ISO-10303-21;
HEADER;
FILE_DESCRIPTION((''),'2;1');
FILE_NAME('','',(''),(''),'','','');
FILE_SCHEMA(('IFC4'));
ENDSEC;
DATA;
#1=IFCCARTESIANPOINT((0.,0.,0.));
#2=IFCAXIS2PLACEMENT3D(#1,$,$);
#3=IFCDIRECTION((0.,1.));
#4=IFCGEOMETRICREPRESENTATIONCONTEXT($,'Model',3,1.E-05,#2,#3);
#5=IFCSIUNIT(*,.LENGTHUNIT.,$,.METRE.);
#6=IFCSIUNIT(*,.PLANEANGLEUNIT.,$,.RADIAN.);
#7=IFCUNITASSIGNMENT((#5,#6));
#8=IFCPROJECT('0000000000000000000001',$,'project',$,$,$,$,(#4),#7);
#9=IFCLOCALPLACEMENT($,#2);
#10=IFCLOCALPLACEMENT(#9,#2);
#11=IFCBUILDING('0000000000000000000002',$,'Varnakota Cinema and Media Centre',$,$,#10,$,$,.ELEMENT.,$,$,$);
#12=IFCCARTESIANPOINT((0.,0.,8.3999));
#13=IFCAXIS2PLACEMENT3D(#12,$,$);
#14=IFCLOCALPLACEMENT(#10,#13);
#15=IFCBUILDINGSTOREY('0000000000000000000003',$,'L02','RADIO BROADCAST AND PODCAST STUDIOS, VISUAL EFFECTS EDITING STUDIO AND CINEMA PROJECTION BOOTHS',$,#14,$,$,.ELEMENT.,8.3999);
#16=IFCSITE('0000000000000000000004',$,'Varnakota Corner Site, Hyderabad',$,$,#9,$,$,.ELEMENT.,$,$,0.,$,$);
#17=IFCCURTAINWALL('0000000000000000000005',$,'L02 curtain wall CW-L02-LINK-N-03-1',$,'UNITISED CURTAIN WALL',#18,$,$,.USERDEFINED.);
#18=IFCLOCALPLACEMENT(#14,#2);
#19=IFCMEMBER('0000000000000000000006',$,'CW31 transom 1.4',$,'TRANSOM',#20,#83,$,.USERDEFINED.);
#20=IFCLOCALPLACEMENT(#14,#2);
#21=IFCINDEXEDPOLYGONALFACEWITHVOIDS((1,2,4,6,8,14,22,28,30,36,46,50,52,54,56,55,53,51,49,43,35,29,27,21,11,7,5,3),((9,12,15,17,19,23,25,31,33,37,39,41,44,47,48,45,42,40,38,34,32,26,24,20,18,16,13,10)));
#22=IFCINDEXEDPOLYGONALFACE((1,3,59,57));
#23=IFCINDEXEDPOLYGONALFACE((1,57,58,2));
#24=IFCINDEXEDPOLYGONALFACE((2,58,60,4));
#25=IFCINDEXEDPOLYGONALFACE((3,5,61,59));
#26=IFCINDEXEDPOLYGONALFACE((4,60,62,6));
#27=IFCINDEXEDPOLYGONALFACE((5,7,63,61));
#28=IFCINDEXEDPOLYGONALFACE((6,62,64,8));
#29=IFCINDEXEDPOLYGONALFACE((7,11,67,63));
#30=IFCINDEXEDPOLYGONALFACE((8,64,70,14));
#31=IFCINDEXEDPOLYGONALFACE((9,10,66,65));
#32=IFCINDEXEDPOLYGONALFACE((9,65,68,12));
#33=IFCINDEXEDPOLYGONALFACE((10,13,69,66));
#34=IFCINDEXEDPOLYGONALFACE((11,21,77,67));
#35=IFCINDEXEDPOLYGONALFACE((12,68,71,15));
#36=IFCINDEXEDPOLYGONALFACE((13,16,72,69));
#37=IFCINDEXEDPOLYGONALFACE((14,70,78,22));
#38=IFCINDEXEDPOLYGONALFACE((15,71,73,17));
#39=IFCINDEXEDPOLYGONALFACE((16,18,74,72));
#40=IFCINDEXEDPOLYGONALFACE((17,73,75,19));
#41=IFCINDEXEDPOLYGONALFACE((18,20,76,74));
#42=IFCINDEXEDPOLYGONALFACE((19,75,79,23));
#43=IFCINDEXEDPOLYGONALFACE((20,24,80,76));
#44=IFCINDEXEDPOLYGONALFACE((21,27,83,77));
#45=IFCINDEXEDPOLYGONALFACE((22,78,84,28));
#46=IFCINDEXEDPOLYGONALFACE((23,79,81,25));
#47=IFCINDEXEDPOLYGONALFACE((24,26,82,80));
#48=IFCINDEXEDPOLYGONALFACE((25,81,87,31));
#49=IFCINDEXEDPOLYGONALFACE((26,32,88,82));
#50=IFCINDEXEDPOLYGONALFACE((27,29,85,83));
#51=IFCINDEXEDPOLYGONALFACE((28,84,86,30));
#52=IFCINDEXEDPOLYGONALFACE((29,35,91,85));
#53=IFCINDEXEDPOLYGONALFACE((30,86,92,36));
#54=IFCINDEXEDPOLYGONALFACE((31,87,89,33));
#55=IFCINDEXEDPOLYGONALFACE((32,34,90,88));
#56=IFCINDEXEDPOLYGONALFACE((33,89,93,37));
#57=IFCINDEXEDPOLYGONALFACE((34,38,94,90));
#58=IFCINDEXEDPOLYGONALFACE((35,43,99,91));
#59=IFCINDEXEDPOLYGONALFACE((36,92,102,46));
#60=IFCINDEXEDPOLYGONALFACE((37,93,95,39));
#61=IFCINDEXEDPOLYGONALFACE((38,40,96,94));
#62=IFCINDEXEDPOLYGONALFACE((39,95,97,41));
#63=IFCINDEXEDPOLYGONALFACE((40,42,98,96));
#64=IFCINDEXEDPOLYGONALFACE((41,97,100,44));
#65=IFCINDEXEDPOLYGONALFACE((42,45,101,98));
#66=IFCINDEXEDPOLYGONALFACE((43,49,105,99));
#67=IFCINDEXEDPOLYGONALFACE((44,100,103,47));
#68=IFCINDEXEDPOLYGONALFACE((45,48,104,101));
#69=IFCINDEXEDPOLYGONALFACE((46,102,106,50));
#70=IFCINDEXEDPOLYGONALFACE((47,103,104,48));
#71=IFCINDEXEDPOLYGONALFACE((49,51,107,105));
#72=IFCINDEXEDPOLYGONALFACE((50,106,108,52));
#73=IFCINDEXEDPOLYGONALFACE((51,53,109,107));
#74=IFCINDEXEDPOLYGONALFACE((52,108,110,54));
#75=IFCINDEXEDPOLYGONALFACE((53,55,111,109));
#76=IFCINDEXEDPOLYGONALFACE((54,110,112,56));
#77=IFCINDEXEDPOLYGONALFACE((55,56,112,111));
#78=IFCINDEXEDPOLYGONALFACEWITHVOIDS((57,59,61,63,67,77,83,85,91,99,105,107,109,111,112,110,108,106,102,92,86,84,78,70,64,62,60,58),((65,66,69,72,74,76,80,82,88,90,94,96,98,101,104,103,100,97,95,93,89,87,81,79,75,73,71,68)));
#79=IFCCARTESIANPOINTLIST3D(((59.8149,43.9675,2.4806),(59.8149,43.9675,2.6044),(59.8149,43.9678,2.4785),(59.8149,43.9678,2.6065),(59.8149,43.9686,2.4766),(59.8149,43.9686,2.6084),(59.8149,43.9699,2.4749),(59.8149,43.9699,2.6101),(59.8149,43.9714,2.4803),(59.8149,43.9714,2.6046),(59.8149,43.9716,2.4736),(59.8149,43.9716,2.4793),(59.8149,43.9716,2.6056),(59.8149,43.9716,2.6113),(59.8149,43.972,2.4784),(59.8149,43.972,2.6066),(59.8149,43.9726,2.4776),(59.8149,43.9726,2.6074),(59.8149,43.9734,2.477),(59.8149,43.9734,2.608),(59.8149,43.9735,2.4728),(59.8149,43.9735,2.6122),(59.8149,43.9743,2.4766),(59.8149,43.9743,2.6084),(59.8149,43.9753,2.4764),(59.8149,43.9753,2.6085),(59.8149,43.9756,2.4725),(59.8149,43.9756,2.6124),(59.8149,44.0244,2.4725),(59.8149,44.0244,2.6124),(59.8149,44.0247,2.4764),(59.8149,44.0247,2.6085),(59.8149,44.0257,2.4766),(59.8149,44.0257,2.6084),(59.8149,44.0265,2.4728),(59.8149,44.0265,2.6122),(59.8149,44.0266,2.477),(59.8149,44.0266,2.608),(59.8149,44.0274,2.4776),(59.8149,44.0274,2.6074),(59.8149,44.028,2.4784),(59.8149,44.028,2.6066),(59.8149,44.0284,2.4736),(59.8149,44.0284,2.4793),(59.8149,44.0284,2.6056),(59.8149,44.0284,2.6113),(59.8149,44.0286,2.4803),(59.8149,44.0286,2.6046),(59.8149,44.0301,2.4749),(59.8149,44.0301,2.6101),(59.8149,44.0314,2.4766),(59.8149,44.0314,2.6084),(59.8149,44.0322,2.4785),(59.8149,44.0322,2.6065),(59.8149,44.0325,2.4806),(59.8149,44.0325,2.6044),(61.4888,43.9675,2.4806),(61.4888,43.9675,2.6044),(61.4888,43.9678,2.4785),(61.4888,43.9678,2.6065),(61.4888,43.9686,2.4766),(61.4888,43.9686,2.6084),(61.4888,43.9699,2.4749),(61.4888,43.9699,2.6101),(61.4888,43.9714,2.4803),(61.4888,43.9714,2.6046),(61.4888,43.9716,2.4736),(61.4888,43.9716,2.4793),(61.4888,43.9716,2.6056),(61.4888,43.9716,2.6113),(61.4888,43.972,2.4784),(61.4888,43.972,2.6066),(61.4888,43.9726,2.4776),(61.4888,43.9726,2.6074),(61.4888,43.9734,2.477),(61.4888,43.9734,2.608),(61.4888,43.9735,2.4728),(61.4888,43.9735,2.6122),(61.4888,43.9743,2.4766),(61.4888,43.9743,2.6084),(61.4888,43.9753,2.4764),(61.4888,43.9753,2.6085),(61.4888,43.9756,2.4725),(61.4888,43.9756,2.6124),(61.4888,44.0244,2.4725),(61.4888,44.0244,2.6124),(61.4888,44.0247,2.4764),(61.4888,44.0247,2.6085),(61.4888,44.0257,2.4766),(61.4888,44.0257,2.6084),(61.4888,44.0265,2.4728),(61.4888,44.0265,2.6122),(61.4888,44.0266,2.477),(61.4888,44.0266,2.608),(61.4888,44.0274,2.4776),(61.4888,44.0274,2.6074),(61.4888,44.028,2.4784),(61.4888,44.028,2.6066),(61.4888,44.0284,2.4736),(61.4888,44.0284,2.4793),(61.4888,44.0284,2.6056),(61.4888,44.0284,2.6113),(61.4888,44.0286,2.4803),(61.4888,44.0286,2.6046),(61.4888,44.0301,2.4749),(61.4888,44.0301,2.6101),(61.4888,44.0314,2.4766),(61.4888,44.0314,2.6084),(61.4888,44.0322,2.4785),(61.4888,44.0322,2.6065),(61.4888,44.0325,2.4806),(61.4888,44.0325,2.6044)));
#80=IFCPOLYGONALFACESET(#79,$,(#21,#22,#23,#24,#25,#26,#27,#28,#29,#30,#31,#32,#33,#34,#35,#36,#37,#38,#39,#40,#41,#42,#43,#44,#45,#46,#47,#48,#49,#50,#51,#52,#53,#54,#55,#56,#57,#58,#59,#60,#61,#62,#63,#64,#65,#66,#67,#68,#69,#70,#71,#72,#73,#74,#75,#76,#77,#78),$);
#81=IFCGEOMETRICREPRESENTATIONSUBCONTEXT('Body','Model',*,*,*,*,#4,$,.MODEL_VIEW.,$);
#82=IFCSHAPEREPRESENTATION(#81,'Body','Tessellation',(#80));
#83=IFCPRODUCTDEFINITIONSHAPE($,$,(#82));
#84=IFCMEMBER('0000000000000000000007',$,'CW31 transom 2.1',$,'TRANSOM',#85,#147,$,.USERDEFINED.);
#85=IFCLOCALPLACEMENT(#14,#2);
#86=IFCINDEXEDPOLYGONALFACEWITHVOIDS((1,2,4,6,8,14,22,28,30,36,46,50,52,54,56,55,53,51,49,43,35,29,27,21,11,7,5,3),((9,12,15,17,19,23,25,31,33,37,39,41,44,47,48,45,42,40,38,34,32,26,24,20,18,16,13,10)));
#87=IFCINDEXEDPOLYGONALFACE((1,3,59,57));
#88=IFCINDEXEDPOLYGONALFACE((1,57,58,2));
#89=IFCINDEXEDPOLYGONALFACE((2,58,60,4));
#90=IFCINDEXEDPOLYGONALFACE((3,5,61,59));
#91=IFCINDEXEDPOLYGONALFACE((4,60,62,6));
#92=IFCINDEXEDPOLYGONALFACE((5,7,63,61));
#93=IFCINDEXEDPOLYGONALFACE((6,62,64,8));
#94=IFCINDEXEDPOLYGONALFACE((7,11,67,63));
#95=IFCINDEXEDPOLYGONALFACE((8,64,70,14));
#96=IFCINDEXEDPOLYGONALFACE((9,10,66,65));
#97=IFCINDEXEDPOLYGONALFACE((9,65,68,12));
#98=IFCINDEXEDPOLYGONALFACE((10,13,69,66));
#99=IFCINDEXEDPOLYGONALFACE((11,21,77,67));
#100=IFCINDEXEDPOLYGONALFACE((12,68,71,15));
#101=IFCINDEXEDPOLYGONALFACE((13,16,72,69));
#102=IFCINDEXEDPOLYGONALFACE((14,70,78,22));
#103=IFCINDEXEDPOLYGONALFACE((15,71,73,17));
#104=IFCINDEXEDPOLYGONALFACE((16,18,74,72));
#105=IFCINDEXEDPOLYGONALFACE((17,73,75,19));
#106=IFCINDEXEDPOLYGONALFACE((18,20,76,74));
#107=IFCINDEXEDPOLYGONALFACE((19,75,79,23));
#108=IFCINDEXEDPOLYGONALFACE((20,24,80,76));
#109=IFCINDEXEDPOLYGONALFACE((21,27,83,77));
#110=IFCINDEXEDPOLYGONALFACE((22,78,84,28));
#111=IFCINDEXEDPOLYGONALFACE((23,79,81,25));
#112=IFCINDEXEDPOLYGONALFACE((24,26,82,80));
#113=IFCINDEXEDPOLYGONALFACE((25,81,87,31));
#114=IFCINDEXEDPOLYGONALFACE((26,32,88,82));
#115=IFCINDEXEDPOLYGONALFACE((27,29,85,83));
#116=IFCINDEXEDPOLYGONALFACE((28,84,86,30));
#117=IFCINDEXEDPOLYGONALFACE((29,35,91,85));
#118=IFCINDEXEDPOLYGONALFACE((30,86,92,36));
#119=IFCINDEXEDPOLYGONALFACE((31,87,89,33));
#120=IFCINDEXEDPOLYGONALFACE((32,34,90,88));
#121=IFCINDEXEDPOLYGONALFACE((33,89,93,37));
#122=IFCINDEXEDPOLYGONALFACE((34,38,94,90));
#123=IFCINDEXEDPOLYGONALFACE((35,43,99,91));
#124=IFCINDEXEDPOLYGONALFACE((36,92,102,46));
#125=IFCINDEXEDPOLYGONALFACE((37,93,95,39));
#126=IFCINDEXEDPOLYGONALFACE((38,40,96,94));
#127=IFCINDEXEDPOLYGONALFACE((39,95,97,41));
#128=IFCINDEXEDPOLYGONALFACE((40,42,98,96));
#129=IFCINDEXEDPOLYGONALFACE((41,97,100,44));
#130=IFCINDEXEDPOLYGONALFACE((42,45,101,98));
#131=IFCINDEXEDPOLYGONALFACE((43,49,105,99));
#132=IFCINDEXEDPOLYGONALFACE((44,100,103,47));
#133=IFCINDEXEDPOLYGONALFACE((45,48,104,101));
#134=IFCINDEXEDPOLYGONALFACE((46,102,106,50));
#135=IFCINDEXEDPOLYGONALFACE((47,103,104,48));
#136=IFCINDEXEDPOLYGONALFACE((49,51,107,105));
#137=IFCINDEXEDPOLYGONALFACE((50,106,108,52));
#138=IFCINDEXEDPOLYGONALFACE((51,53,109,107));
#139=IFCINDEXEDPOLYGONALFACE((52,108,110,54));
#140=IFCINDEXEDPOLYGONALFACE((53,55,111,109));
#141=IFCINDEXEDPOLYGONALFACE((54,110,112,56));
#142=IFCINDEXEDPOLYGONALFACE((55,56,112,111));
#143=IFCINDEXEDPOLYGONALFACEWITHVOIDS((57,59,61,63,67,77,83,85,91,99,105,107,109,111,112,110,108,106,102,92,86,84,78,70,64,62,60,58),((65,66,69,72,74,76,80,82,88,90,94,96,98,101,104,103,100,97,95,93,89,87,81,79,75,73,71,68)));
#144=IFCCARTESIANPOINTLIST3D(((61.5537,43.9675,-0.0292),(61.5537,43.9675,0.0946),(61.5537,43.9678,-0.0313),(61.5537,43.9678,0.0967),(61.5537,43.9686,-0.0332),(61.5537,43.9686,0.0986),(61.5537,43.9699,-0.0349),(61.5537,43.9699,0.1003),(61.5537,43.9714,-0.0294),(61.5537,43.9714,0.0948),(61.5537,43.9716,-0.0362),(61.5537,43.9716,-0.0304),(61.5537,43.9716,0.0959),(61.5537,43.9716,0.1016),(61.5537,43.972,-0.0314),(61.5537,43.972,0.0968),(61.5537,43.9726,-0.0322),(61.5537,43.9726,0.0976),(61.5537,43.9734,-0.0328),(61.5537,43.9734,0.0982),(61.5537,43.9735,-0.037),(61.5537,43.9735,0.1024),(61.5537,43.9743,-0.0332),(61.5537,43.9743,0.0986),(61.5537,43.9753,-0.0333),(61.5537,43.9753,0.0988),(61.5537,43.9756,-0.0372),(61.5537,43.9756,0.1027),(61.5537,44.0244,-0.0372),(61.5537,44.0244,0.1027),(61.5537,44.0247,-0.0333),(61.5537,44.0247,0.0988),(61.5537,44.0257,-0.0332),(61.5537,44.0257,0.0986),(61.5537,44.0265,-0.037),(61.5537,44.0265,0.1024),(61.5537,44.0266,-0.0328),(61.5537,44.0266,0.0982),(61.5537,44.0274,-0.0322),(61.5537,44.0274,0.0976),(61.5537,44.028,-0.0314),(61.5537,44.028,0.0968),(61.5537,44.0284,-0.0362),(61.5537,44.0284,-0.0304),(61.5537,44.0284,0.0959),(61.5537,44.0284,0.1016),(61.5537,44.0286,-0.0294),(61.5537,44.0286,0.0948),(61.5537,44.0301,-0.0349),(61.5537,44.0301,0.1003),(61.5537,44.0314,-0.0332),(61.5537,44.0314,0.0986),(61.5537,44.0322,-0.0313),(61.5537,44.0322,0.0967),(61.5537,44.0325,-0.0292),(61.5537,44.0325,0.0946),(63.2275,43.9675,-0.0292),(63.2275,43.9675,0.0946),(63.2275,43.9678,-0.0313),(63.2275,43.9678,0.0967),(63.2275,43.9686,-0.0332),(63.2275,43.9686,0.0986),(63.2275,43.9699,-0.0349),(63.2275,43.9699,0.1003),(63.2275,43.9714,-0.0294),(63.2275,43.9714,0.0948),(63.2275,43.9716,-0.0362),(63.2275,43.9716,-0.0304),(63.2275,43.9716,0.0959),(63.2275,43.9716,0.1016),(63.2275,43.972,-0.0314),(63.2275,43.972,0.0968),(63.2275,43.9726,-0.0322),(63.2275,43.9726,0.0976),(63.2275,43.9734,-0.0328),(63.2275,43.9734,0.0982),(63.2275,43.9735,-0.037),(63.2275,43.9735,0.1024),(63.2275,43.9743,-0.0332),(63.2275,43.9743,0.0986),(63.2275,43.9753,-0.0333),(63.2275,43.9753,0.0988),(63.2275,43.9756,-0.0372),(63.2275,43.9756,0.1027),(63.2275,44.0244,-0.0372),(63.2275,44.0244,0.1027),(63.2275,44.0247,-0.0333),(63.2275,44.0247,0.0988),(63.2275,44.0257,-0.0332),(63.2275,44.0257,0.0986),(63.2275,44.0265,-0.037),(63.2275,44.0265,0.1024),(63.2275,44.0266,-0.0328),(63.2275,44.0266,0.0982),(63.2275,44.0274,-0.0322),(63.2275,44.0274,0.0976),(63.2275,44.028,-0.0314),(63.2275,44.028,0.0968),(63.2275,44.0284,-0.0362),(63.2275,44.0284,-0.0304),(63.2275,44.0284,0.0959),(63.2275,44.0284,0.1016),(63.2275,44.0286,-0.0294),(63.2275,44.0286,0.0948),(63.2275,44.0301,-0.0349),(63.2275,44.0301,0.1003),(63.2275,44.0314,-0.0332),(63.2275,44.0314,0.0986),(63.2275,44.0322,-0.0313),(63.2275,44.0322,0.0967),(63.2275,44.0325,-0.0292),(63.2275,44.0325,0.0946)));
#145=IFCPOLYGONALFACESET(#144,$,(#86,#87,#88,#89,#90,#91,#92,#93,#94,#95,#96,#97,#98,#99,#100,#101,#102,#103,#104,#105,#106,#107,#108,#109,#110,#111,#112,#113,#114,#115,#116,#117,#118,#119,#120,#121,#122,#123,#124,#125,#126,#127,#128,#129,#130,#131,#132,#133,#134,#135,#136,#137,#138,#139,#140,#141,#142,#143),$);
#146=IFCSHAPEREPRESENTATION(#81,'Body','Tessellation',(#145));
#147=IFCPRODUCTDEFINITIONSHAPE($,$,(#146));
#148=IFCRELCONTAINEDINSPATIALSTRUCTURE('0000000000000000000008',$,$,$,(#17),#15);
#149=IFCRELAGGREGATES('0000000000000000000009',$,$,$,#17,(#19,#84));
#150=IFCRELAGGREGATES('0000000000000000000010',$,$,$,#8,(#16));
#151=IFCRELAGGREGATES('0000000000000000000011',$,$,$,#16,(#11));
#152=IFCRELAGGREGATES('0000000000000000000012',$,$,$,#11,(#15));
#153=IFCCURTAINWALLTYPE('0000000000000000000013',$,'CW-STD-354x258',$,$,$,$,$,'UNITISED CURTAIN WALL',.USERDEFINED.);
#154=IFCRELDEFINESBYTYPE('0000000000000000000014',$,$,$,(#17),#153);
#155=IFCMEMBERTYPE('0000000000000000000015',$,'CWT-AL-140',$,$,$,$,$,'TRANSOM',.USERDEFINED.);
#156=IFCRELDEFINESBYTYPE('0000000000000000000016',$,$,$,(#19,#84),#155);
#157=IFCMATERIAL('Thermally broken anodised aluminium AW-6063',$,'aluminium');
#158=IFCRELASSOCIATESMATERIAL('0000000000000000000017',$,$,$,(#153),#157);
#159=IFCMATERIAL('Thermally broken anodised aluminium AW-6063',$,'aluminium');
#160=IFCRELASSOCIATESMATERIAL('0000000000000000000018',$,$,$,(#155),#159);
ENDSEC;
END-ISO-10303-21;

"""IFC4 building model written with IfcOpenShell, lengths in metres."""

from ifc_helpers import new_model, si_unit, direction, frame, origin, origin_2d, place, context, subcontext, project, spatial, hollow_rectangle, extrude, material, material_profile, profile_set, type_object, element, aggregate, save


model = new_model("IFC4")

# Units and contexts
model_context = context("Model", 3, precision=1e-05, world=origin(), true_north=direction((0.0, 1.0)))
body_context = subcontext(model_context, "Body", "Model", "MODEL_VIEW")
ifc_project = project(units=[si_unit("LENGTHUNIT", "METRE"), si_unit("PLANEANGLEUNIT", "RADIAN")], contexts=[model_context])

# Site, building, storey
site_placement = place(None, origin())
site = spatial("IfcSite", under=ifc_project, at=site_placement, Name="Varnakota Corner Site, Hyderabad", CompositionType="ELEMENT", RefElevation=0.0)
building_placement = place(site_placement, origin())
building = spatial("IfcBuilding", under=site, at=building_placement, Name="Varnakota Cinema and Media Centre", CompositionType="ELEMENT")
storey_placement = place(building_placement, frame((0.0, 0.0, 8.3999)))
storey = spatial("IfcBuildingStorey", under=building, at=storey_placement, Name="L02", Description="RADIO BROADCAST AND PODCAST STUDIOS, VISUAL EFFECTS EDITING STUDIO AND CINEMA PROJECTION BOOTHS", CompositionType="ELEMENT", Elevation=8.3999)

# Curtain wall
ifc_material_1 = material(Name="Thermally broken anodised aluminium AW-6063", Category="aluminium")
curtain_wall_type = type_object("IfcCurtainWallType", Name="CW-STD-354x258", ElementType="UNITISED CURTAIN WALL", PredefinedType="USERDEFINED", material=ifc_material_1)
curtain_wall_1_placement = place(storey_placement, origin())
curtain_wall_1 = element("IfcCurtainWall", 1, at=curtain_wall_1_placement, inside=storey, type_object=curtain_wall_type, Name="L02 curtain wall CW-L02-LINK-N-03-1", ObjectType="UNITISED CURTAIN WALL", PredefinedType="USERDEFINED")

# Members
ifc_material_2 = material(Name="Thermally broken anodised aluminium AW-6063", Category="aluminium")
ifc_material_profile_1 = material_profile(ifc_material_2, hollow_rectangle(XDim=0.0649, YDim=0.1399, WallThickness=0.0039, InnerFilletRadius=0.0039, OuterFilletRadius=0.0081, at=origin_2d()), Name="AL-TRANSOM 140x65x4")
ifc_profile_set_1 = profile_set([ifc_material_profile_1], Name="Thermally broken anodised aluminium AW-6063")
member_type_1 = type_object("IfcMemberType", Name="CWT-AL-140", ElementType="TRANSOM", PredefinedType="USERDEFINED", material=ifc_profile_set_1)
member_1_placement = place(storey_placement, frame((59.8149, 44.0, 2.5425), z_axis=(1.0, 0.0, 0.0), x_axis=(0.0, 1.0, 0.0)))
member_1 = element("IfcMember", 2, at=member_1_placement, type_object=member_type_1, Name="CW31 transom 1.4", ObjectType="TRANSOM", PredefinedType="USERDEFINED", context=body_context, shape_type="SweptSolid", body=[
    extrude(hollow_rectangle(XDim=0.0649, YDim=0.1399, WallThickness=0.0039, InnerFilletRadius=0.0039, OuterFilletRadius=0.0081, at=origin_2d()), origin(), (0.0, 0.0, 1.0), 1.6738),
])
member_2_placement = place(storey_placement, frame((61.5537, 44.0, 0.0327), z_axis=(1.0, 0.0, 0.0), x_axis=(0.0, 1.0, 0.0)))
member_2 = element("IfcMember", 3, at=member_2_placement, type_object=member_type_1, Name="CW31 transom 2.1", ObjectType="TRANSOM", PredefinedType="USERDEFINED", context=body_context, shape_type="SweptSolid", body=[
    extrude(hollow_rectangle(XDim=0.0649, YDim=0.1399, WallThickness=0.0039, InnerFilletRadius=0.0039, OuterFilletRadius=0.0081, at=origin_2d()), origin(), (0.0, 0.0, 1.0), 1.6738),
])

aggregate(curtain_wall_1, [member_1, member_2])

save(model, "model.ifc")
